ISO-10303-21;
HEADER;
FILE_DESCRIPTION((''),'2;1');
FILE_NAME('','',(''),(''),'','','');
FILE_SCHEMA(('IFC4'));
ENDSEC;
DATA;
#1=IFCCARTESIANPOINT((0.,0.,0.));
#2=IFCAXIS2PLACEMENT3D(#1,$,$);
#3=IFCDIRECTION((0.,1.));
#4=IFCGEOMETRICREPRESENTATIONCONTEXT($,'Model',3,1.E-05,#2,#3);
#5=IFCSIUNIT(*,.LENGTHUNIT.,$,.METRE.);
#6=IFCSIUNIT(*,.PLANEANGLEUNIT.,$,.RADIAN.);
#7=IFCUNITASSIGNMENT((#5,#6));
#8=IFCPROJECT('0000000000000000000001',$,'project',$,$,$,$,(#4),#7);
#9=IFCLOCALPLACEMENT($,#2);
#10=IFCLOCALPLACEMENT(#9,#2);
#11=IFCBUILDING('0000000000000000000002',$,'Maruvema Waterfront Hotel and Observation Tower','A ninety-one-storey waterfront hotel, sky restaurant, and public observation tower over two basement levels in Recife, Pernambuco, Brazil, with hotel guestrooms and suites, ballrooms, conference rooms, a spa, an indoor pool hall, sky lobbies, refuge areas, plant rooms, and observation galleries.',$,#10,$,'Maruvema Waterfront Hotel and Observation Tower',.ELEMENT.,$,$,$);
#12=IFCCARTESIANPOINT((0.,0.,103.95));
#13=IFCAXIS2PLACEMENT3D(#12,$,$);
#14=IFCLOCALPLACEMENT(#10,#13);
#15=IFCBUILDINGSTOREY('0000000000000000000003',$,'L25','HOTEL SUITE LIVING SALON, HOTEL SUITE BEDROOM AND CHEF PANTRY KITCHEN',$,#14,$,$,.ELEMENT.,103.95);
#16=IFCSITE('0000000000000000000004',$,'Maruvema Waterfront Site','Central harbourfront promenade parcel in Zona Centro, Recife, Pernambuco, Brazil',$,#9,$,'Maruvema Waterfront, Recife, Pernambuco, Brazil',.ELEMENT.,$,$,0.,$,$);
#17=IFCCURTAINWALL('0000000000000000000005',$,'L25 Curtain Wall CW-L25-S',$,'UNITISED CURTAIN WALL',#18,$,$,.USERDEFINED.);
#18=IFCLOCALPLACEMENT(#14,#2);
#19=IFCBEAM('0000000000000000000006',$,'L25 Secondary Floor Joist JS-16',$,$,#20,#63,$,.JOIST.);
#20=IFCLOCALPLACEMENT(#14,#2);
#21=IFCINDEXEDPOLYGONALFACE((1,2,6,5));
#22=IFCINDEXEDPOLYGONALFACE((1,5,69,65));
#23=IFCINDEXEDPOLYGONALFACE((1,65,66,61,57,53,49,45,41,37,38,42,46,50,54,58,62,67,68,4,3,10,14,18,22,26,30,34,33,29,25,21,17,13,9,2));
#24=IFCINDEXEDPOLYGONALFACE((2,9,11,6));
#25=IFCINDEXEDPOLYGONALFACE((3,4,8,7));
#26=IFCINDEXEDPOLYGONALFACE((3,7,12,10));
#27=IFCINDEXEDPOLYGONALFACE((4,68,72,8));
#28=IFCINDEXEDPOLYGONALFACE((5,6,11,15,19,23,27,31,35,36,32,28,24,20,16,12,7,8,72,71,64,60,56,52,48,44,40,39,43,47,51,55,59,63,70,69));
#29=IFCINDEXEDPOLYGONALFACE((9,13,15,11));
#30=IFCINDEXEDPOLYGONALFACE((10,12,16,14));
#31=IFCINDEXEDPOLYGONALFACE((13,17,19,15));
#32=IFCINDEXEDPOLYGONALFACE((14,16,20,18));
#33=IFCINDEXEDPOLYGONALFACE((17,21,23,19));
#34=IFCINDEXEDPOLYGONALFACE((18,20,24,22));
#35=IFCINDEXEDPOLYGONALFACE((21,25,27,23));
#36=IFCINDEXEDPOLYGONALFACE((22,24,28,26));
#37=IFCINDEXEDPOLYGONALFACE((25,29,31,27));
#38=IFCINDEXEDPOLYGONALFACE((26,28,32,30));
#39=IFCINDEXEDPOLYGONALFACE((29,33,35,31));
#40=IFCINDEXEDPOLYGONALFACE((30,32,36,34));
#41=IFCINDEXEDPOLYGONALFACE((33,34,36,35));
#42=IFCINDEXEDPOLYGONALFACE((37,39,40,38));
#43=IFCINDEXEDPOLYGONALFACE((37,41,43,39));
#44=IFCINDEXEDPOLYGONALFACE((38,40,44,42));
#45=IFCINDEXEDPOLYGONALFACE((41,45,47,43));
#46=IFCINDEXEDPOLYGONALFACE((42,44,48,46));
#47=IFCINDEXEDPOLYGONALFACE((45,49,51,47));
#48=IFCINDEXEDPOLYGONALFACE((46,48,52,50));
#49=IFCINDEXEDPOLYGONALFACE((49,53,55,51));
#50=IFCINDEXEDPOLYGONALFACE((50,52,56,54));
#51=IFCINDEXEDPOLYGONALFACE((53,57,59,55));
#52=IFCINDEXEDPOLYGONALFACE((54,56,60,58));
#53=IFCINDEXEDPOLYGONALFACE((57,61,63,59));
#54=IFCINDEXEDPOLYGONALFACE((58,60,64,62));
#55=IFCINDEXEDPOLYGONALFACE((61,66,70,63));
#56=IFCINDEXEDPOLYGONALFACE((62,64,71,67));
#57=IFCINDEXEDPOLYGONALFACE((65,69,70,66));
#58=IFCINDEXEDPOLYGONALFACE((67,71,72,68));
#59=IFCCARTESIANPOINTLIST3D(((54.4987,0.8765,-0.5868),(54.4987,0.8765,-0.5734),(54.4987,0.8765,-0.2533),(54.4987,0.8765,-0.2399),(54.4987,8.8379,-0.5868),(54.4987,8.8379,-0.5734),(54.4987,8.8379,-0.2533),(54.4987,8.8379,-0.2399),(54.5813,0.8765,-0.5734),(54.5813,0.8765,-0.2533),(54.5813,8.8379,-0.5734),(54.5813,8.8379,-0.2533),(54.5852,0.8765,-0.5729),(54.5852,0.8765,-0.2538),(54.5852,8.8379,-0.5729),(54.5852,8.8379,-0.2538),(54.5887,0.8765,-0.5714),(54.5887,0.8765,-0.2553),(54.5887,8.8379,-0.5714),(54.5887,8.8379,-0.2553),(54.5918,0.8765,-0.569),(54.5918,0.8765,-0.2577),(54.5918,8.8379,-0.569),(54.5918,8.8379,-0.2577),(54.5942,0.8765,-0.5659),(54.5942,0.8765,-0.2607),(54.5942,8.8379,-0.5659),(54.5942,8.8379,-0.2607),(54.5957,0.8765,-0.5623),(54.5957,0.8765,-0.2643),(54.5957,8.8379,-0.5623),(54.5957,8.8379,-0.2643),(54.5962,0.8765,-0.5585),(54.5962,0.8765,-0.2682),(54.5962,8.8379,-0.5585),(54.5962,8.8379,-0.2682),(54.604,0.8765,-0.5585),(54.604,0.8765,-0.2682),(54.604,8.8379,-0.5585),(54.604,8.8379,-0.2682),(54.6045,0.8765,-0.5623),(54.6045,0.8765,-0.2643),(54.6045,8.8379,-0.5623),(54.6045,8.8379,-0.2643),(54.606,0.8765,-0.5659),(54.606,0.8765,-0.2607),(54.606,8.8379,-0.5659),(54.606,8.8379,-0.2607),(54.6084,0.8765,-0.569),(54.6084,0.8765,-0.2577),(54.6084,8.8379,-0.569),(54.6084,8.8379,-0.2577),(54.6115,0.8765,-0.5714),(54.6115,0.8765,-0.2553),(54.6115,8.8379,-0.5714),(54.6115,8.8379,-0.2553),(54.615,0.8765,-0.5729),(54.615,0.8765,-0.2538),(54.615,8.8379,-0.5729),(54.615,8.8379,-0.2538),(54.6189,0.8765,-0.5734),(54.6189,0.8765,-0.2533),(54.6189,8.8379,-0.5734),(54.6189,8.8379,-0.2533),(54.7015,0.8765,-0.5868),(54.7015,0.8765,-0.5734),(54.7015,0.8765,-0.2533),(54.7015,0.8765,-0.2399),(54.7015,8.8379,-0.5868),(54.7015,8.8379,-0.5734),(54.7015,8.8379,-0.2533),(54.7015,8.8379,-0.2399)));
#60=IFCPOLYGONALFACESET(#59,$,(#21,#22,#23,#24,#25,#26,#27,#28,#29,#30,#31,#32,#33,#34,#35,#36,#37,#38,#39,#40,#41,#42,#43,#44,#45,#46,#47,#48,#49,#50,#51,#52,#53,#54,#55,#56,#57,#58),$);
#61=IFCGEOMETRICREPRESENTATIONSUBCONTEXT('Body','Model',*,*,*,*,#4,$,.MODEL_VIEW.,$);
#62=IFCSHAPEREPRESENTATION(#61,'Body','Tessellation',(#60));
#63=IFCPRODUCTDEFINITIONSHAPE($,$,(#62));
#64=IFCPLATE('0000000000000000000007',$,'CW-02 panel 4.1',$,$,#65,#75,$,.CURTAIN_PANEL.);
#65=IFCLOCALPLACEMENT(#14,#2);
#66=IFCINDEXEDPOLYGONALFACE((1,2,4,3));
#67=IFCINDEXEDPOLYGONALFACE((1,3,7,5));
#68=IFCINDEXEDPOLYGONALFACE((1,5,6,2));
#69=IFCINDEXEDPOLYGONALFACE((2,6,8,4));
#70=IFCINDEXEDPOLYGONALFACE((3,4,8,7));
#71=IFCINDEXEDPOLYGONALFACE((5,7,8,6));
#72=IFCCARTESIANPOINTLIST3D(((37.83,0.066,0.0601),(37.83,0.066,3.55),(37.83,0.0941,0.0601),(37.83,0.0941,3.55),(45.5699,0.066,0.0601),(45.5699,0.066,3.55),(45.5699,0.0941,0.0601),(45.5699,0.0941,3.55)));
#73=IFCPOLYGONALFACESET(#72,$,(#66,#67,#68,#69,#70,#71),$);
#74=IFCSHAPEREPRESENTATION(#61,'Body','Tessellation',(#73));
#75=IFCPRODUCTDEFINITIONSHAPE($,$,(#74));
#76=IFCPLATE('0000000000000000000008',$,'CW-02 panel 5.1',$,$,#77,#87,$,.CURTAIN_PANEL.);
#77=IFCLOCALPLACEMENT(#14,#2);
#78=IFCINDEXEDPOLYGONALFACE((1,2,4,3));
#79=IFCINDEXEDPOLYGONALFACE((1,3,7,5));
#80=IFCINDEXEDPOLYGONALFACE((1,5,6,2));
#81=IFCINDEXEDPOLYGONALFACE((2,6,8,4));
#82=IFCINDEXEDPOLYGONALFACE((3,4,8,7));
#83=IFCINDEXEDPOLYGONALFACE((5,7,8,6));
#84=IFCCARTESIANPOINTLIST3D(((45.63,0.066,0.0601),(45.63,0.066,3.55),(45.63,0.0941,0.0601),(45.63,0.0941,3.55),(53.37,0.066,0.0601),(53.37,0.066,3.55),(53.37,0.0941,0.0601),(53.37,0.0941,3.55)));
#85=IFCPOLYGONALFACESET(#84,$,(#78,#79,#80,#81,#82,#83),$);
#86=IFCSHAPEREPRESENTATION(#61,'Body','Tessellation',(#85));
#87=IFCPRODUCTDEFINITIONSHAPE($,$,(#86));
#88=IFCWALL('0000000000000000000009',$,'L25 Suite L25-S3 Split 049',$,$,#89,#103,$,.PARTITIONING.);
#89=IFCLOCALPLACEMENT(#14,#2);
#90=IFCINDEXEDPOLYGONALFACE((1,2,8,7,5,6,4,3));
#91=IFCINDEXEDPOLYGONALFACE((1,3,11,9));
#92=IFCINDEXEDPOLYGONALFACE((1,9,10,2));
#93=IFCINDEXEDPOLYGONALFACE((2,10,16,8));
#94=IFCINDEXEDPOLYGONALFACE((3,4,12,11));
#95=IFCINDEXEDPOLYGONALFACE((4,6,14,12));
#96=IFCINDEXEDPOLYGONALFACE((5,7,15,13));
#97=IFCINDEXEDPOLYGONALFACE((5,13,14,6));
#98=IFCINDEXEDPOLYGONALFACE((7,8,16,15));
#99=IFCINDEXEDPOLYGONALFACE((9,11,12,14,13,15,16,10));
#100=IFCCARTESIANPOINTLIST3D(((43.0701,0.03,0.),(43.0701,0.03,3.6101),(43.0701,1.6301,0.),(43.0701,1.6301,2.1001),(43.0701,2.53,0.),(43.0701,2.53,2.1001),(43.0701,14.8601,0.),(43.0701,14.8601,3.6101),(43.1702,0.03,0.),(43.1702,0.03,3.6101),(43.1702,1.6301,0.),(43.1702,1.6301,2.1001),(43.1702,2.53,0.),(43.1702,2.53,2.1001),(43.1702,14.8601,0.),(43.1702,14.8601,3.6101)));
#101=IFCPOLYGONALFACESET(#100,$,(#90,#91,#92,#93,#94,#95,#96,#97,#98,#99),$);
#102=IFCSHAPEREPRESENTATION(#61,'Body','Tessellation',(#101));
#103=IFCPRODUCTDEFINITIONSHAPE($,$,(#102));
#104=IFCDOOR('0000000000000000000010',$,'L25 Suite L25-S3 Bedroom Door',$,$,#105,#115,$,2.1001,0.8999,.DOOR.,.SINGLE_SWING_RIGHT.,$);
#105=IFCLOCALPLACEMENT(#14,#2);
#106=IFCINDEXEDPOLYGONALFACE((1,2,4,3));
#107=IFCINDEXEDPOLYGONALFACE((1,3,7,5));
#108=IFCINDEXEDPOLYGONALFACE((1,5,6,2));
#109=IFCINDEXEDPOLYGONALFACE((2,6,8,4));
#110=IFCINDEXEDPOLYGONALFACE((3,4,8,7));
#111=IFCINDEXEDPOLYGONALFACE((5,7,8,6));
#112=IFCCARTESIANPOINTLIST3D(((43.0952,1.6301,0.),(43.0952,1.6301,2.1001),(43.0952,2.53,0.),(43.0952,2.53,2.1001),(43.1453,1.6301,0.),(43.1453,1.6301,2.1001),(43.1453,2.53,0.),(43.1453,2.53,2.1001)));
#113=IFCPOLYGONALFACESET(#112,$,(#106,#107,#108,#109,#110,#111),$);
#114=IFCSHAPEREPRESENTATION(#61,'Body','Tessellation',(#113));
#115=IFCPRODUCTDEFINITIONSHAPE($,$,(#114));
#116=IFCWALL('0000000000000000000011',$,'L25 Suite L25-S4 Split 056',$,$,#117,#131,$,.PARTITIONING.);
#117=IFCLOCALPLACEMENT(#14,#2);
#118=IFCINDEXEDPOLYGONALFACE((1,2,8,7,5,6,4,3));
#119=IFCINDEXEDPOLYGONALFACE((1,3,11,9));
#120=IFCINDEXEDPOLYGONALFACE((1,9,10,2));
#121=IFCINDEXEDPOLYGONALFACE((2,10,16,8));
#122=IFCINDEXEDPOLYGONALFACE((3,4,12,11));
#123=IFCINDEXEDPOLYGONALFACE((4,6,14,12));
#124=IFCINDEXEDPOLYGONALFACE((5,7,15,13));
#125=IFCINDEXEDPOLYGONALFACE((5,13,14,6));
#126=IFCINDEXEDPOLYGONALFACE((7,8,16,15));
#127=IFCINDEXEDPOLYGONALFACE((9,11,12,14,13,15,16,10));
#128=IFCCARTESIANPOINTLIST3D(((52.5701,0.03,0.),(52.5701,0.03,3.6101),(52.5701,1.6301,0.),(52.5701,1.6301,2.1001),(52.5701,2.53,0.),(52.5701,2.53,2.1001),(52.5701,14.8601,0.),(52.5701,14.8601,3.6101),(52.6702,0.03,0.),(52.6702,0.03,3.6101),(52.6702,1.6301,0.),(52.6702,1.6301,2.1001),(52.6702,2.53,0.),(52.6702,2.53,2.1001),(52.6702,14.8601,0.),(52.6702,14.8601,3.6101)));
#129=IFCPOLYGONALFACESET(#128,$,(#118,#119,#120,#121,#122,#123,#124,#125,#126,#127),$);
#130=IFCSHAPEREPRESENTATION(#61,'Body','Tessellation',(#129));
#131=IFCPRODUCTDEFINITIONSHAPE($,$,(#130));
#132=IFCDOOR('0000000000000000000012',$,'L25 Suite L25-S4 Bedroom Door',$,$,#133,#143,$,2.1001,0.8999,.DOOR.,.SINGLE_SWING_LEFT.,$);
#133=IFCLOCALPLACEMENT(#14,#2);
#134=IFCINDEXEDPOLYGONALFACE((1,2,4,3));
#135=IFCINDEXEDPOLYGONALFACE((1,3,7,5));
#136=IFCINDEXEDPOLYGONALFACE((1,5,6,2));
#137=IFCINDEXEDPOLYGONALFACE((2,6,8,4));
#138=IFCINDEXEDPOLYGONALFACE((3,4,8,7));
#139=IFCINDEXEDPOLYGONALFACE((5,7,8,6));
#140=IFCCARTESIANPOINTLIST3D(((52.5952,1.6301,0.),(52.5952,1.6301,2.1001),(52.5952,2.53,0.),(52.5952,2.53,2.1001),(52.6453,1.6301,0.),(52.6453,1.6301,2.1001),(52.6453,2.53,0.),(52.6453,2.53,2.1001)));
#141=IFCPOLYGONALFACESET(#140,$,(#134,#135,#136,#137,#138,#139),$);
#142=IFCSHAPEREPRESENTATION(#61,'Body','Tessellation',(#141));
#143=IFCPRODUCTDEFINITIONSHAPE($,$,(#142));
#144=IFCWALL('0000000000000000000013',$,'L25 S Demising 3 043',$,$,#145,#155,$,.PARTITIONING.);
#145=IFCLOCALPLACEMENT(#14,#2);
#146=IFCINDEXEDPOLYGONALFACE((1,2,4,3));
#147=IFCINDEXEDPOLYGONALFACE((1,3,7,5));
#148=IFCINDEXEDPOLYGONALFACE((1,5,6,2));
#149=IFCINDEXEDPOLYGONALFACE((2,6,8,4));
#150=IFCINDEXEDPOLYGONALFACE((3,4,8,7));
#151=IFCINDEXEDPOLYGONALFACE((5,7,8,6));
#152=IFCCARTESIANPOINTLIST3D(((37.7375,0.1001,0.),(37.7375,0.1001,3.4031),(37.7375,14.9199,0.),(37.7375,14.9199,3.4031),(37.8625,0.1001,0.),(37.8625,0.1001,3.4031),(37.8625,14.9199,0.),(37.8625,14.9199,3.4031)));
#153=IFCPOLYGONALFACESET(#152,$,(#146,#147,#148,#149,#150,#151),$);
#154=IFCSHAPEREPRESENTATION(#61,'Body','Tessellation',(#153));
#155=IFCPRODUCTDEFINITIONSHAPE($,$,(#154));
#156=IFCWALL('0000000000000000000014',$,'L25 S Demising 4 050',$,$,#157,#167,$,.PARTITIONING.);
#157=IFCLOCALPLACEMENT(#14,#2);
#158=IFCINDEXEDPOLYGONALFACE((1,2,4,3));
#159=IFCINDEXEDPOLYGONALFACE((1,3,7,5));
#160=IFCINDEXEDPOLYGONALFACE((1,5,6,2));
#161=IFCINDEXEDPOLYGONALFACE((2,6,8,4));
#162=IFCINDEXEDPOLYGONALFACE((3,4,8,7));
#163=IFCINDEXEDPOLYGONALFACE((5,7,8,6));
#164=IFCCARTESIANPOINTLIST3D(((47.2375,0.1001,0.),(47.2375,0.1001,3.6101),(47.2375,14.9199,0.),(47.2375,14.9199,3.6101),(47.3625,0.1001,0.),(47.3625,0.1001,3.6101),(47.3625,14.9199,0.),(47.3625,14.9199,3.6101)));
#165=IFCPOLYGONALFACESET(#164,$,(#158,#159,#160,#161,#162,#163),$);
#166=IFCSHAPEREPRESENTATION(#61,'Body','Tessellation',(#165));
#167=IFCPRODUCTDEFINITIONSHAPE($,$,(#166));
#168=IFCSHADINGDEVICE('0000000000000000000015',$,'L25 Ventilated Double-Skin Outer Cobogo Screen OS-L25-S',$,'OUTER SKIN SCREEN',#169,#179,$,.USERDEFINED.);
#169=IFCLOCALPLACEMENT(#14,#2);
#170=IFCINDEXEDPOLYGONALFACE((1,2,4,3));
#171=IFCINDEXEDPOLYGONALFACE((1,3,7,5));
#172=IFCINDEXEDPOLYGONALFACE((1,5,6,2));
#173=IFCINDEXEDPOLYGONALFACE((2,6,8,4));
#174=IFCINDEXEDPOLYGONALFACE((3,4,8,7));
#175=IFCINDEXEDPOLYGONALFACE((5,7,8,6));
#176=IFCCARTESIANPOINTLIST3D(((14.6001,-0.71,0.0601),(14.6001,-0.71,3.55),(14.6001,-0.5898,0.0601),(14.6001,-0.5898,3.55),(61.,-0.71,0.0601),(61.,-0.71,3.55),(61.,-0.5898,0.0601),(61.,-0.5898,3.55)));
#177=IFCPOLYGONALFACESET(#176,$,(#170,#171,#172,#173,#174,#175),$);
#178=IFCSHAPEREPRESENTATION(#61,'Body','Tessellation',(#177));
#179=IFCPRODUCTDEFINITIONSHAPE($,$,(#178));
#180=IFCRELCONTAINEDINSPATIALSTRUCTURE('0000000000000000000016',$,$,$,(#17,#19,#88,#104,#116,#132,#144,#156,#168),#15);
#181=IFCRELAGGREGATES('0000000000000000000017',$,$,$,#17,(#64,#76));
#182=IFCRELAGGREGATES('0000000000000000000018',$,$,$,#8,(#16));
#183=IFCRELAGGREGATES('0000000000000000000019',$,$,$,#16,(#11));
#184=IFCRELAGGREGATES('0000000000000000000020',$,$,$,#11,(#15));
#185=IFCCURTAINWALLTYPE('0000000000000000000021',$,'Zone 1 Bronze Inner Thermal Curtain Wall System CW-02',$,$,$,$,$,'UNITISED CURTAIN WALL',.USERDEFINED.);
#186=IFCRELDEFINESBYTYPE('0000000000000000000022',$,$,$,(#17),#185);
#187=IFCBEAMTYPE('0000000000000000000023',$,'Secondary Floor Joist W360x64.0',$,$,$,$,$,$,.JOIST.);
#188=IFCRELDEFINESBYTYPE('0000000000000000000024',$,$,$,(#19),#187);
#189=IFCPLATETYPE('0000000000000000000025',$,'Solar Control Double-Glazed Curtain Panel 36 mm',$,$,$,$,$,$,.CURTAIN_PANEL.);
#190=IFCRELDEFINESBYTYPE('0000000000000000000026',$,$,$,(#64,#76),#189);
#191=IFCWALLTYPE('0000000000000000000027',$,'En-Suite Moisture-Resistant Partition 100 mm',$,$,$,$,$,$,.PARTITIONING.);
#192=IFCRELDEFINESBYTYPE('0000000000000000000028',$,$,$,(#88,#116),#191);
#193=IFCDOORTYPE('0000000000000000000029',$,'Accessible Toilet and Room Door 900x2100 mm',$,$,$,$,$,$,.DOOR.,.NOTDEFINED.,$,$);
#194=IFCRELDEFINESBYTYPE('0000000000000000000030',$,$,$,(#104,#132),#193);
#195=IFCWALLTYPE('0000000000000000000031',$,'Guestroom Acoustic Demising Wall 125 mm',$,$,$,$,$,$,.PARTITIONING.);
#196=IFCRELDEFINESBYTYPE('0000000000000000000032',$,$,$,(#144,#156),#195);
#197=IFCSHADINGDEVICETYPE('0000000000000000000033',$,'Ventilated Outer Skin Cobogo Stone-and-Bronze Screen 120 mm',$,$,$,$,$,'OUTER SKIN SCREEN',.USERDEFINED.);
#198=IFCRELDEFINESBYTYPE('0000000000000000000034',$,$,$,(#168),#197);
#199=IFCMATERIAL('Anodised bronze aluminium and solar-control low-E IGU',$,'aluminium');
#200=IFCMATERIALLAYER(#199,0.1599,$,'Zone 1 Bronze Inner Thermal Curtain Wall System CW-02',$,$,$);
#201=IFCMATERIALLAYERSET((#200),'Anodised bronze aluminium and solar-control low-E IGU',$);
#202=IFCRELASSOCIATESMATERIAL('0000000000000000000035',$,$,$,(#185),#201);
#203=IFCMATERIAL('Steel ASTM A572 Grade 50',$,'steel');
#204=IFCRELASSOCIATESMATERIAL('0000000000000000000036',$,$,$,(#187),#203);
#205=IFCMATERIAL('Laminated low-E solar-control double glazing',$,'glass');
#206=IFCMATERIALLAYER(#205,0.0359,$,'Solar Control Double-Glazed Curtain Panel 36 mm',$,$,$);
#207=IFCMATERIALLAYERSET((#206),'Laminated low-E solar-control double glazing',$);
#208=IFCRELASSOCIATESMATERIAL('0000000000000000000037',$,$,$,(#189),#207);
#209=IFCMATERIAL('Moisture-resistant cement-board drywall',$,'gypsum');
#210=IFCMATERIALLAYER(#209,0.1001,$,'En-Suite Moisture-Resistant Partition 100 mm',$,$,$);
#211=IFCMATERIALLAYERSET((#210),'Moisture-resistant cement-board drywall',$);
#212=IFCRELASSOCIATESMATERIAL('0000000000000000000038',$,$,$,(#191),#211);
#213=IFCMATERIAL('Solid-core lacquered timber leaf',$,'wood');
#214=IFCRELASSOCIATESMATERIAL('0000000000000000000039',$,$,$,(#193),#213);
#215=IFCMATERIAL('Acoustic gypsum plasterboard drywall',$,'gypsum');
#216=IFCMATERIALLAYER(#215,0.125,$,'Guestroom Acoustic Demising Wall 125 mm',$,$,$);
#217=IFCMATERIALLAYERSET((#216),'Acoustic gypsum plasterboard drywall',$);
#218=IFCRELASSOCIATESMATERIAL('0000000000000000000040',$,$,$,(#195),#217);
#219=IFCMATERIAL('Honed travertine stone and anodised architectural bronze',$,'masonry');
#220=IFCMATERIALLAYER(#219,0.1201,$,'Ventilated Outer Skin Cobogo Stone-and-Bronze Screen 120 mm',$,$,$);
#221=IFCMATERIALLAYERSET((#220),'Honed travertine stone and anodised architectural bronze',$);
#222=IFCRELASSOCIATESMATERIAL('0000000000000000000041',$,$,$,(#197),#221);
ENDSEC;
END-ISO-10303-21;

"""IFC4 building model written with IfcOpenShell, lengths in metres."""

from ifc_helpers import new_model, si_unit, direction, frame, frame_2d, origin, origin_2d, place, context, subcontext, project, spatial, rectangle, i_section, extrude, material, layer, layer_set, material_profile, profile_set, type_object, element, fill, aggregate, save


model = new_model("IFC4")

# Units and contexts
model_context = context("Model", 3, precision=1e-05, world=origin(), true_north=direction((0.0, 1.0)))
body_context = subcontext(model_context, "Body", "Model", "MODEL_VIEW")
ifc_project = project(units=[si_unit("LENGTHUNIT", "METRE"), si_unit("PLANEANGLEUNIT", "RADIAN")], contexts=[model_context])

# Site, building, storey
site_placement = place(None, origin())
site = spatial("IfcSite", under=ifc_project, at=site_placement, Name="Maruvema Waterfront Site", Description="Central harbourfront promenade parcel in Zona Centro, Recife, Pernambuco, Brazil", LongName="Maruvema Waterfront, Recife, Pernambuco, Brazil", CompositionType="ELEMENT", RefElevation=0.0)
building_placement = place(site_placement, origin())
building = spatial("IfcBuilding", under=site, at=building_placement, Name="Maruvema Waterfront Hotel and Observation Tower", Description="A ninety-one-storey waterfront hotel, sky restaurant, and public observation tower over two basement levels in Recife, Pernambuco, Brazil, with hotel guestrooms and suites, ballrooms, conference rooms, a spa, an indoor pool hall, sky lobbies, refuge areas, plant rooms, and observation galleries.", LongName="Maruvema Waterfront Hotel and Observation Tower", CompositionType="ELEMENT")
storey_placement = place(building_placement, frame((0.0, 0.0, 103.95)))
storey = spatial("IfcBuildingStorey", under=building, at=storey_placement, Name="L25", Description="HOTEL SUITE LIVING SALON, HOTEL SUITE BEDROOM AND CHEF PANTRY KITCHEN", CompositionType="ELEMENT", Elevation=103.95)

# Curtain wall
ifc_material_1 = material(Name="Anodised bronze aluminium and solar-control low-E IGU", Category="aluminium")
ifc_layer_1 = layer(ifc_material_1, 0.1599, Name="Zone 1 Bronze Inner Thermal Curtain Wall System CW-02")
ifc_layer_set_1 = layer_set([ifc_layer_1], Name="Anodised bronze aluminium and solar-control low-E IGU")
curtain_wall_type = type_object("IfcCurtainWallType", Name="Zone 1 Bronze Inner Thermal Curtain Wall System CW-02", ElementType="UNITISED CURTAIN WALL", PredefinedType="USERDEFINED", material=ifc_layer_set_1)
curtain_wall_placement = place(storey_placement, origin())
curtain_wall = element("IfcCurtainWall", 1, at=curtain_wall_placement, inside=storey, type_object=curtain_wall_type, Name="L25 Curtain Wall CW-L25-S", ObjectType="UNITISED CURTAIN WALL", PredefinedType="USERDEFINED")

# Beam
ifc_material_2 = material(Name="Steel ASTM A572 Grade 50", Category="steel")
ifc_material_profile_1 = material_profile(ifc_material_2, i_section(OverallWidth=0.2029, OverallDepth=0.3469, WebThickness=0.0078, FlangeThickness=0.0134, FilletRadius=0.0149, at=origin_2d()), Name="W360x64.0")
ifc_profile_set_1 = profile_set([ifc_material_profile_1], Name="Steel ASTM A572 Grade 50")
beam_type_1 = type_object("IfcBeamType", Name="Secondary Floor Joist W360x64.0", PredefinedType="JOIST", material=ifc_profile_set_1)
beam_1_placement = place(storey_placement, frame((54.6001, 0.8765, -0.4133), z_axis=(0.0, 1.0, 0.0), x_axis=(-1.0, 0.0, 0.0)))
element("IfcBeam", 2, at=beam_1_placement, inside=storey, type_object=beam_type_1, Name="L25 Secondary Floor Joist JS-16", PredefinedType="JOIST", context=body_context, shape_type="SweptSolid", body=[
    extrude(i_section(OverallWidth=0.2029, OverallDepth=0.3469, WebThickness=0.0078, FlangeThickness=0.0134, FilletRadius=0.0149, at=origin_2d()), origin(), (0.0, 0.0, 1.0), 7.9614),
])

# Plates
ifc_material_3 = material(Name="Laminated low-E solar-control double glazing", Category="glass")
ifc_layer_2 = layer(ifc_material_3, 0.0359, Name="Solar Control Double-Glazed Curtain Panel 36 mm")
ifc_layer_set_2 = layer_set([ifc_layer_2], Name="Laminated low-E solar-control double glazing")
plate_type = type_object("IfcPlateType", Name="Solar Control Double-Glazed Curtain Panel 36 mm", PredefinedType="CURTAIN_PANEL", material=ifc_layer_set_2)
plate_1_placement = place(storey_placement, frame((41.7, 0.0801, 0.0601), z_axis=(0.0, 0.0, 1.0), x_axis=(1.0, 0.0, 0.0)))
plate_1 = element("IfcPlate", 3, at=plate_1_placement, type_object=plate_type, Name="CW-02 panel 4.1", PredefinedType="CURTAIN_PANEL", context=body_context, shape_type="SweptSolid", body=[
    extrude(rectangle(XDim=7.74, YDim=0.0281, at=origin_2d()), origin(), (0.0, 0.0, 1.0), 3.49),
])
plate_2_placement = place(storey_placement, frame((49.5, 0.0801, 0.0601), z_axis=(0.0, 0.0, 1.0), x_axis=(1.0, 0.0, 0.0)))
plate_2 = element("IfcPlate", 4, at=plate_2_placement, type_object=plate_type, Name="CW-02 panel 5.1", PredefinedType="CURTAIN_PANEL", context=body_context, shape_type="SweptSolid", body=[
    extrude(rectangle(XDim=7.74, YDim=0.0281, at=origin_2d()), origin(), (0.0, 0.0, 1.0), 3.49),
])
aggregate(curtain_wall, [plate_1, plate_2])

# Walls, openings, doors
ifc_material_4 = material(Name="Moisture-resistant cement-board drywall", Category="gypsum")
ifc_layer_3 = layer(ifc_material_4, 0.1001, Name="En-Suite Moisture-Resistant Partition 100 mm")
ifc_layer_set_3 = layer_set([ifc_layer_3], Name="Moisture-resistant cement-board drywall")
wall_type_1 = type_object("IfcWallType", Name="En-Suite Moisture-Resistant Partition 100 mm", PredefinedType="PARTITIONING", material=ifc_layer_set_3)
wall_1_placement = place(storey_placement, frame((43.1201, 0.03, 0.0), z_axis=(0.0, 0.0, 1.0), x_axis=(0.0, 1.0, 0.0)))
wall_1 = element("IfcWall", 5, at=wall_1_placement, inside=storey, type_object=wall_type_1, Name="L25 Suite L25-S3 Split 049", PredefinedType="PARTITIONING", context=body_context, shape_type="SweptSolid", body=[
    extrude(rectangle(XDim=14.8301, YDim=0.1001, at=frame_2d((7.415, 0.0))), origin(), (0.0, 0.0, 1.0), 3.6101),
])
opening_1_placement = place(wall_1_placement, frame((1.6001, 0.0, 0.0)))
opening_1 = element("IfcOpeningElement", 6, at=opening_1_placement, cuts=wall_1, PredefinedType="OPENING", context=body_context, shape_type="SweptSolid", body=[
    extrude(rectangle(XDim=0.8999, YDim=2.1001, at=frame_2d((0.45, 1.05))), frame((0.0, 0.0601, 0.0), z_axis=(0.0, -1.0, 0.0), x_axis=(1.0, 0.0, 0.0)), (0.0, 0.0, 1.0), 0.1201),
])
ifc_material_5 = material(Name="Solid-core lacquered timber leaf", Category="wood")
door_type = type_object("IfcDoorType", Name="Accessible Toilet and Room Door 900x2100 mm", OperationType="NOTDEFINED", PredefinedType="DOOR", material=ifc_material_5)
door_1_placement = place(opening_1_placement, origin())
door_1 = element("IfcDoor", 7, at=door_1_placement, inside=storey, type_object=door_type, Name="L25 Suite L25-S3 Bedroom Door", OperationType="SINGLE_SWING_RIGHT", OverallHeight=2.1001, OverallWidth=0.8999, PredefinedType="DOOR", context=body_context, shape_type="SweptSolid", body=[
    extrude(rectangle(XDim=0.8999, YDim=2.1001, at=frame_2d((0.45, 1.05))), frame((0.0, 0.0249, 0.0), z_axis=(0.0, -1.0, 0.0), x_axis=(1.0, 0.0, 0.0)), (0.0, 0.0, 1.0), 0.05),
])
fill(opening_1, door_1)
wall_2_placement = place(storey_placement, frame((52.6201, 0.03, 0.0), z_axis=(0.0, 0.0, 1.0), x_axis=(0.0, 1.0, 0.0)))
wall_2 = element("IfcWall", 8, at=wall_2_placement, inside=storey, type_object=wall_type_1, Name="L25 Suite L25-S4 Split 056", PredefinedType="PARTITIONING", context=body_context, shape_type="SweptSolid", body=[
    extrude(rectangle(XDim=14.8301, YDim=0.1001, at=frame_2d((7.415, 0.0))), origin(), (0.0, 0.0, 1.0), 3.6101),
])
opening_2_placement = place(wall_2_placement, frame((1.6001, 0.0, 0.0)))
opening_2 = element("IfcOpeningElement", 9, at=opening_2_placement, cuts=wall_2, PredefinedType="OPENING", context=body_context, shape_type="SweptSolid", body=[
    extrude(rectangle(XDim=0.8999, YDim=2.1001, at=frame_2d((0.45, 1.05))), frame((0.0, 0.0601, 0.0), z_axis=(0.0, -1.0, 0.0), x_axis=(1.0, 0.0, 0.0)), (0.0, 0.0, 1.0), 0.1201),
])
door_2_placement = place(opening_2_placement, origin())
door_2 = element("IfcDoor", 10, at=door_2_placement, inside=storey, type_object=door_type, Name="L25 Suite L25-S4 Bedroom Door", OperationType="SINGLE_SWING_LEFT", OverallHeight=2.1001, OverallWidth=0.8999, PredefinedType="DOOR", context=body_context, shape_type="SweptSolid", body=[
    extrude(rectangle(XDim=0.8999, YDim=2.1001, at=frame_2d((0.45, 1.05))), frame((0.0, 0.0249, 0.0), z_axis=(0.0, -1.0, 0.0), x_axis=(1.0, 0.0, 0.0)), (0.0, 0.0, 1.0), 0.05),
])
fill(opening_2, door_2)

# Walls
ifc_material_6 = material(Name="Acoustic gypsum plasterboard drywall", Category="gypsum")
ifc_layer_4 = layer(ifc_material_6, 0.125, Name="Guestroom Acoustic Demising Wall 125 mm")
ifc_layer_set_4 = layer_set([ifc_layer_4], Name="Acoustic gypsum plasterboard drywall")
wall_type_2 = type_object("IfcWallType", Name="Guestroom Acoustic Demising Wall 125 mm", PredefinedType="PARTITIONING", material=ifc_layer_set_4)
wall_3_placement = place(storey_placement, frame((37.8, 0.1001, 0.0), z_axis=(0.0, 0.0, 1.0), x_axis=(0.0, 1.0, 0.0)))
element("IfcWall", 11, at=wall_3_placement, inside=storey, type_object=wall_type_2, Name="L25 S Demising 3 043", PredefinedType="PARTITIONING", context=body_context, shape_type="SweptSolid", body=[
    extrude(rectangle(XDim=14.8198, YDim=0.125, at=frame_2d((7.4099, 0.0))), origin(), (0.0, 0.0, 1.0), 3.4031),
])
wall_4_placement = place(storey_placement, frame((47.3, 0.1001, 0.0), z_axis=(0.0, 0.0, 1.0), x_axis=(0.0, 1.0, 0.0)))
element("IfcWall", 12, at=wall_4_placement, inside=storey, type_object=wall_type_2, Name="L25 S Demising 4 050", PredefinedType="PARTITIONING", context=body_context, shape_type="SweptSolid", body=[
    extrude(rectangle(XDim=14.8198, YDim=0.125, at=frame_2d((7.4099, 0.0))), origin(), (0.0, 0.0, 1.0), 3.6101),
])

# Shading device
ifc_material_7 = material(Name="Honed travertine stone and anodised architectural bronze", Category="masonry")
ifc_layer_5 = layer(ifc_material_7, 0.1201, Name="Ventilated Outer Skin Cobogo Stone-and-Bronze Screen 120 mm")
ifc_layer_set_5 = layer_set([ifc_layer_5], Name="Honed travertine stone and anodised architectural bronze")
shading_device_type = type_object("IfcShadingDeviceType", Name="Ventilated Outer Skin Cobogo Stone-and-Bronze Screen 120 mm", ElementType="OUTER SKIN SCREEN", PredefinedType="USERDEFINED", material=ifc_layer_set_5)
shading_device_placement = place(storey_placement, frame((37.8, -0.6499, 0.0601), z_axis=(0.0, 0.0, 1.0), x_axis=(1.0, 0.0, 0.0)))
element("IfcShadingDevice", 13, at=shading_device_placement, inside=storey, type_object=shading_device_type, Name="L25 Ventilated Double-Skin Outer Cobogo Screen OS-L25-S", ObjectType="OUTER SKIN SCREEN", PredefinedType="USERDEFINED", context=body_context, shape_type="SweptSolid", body=[
    extrude(rectangle(XDim=46.3999, YDim=0.1201, at=origin_2d()), origin(), (0.0, 0.0, 1.0), 3.49),
])

save(model, "model.ifc")
